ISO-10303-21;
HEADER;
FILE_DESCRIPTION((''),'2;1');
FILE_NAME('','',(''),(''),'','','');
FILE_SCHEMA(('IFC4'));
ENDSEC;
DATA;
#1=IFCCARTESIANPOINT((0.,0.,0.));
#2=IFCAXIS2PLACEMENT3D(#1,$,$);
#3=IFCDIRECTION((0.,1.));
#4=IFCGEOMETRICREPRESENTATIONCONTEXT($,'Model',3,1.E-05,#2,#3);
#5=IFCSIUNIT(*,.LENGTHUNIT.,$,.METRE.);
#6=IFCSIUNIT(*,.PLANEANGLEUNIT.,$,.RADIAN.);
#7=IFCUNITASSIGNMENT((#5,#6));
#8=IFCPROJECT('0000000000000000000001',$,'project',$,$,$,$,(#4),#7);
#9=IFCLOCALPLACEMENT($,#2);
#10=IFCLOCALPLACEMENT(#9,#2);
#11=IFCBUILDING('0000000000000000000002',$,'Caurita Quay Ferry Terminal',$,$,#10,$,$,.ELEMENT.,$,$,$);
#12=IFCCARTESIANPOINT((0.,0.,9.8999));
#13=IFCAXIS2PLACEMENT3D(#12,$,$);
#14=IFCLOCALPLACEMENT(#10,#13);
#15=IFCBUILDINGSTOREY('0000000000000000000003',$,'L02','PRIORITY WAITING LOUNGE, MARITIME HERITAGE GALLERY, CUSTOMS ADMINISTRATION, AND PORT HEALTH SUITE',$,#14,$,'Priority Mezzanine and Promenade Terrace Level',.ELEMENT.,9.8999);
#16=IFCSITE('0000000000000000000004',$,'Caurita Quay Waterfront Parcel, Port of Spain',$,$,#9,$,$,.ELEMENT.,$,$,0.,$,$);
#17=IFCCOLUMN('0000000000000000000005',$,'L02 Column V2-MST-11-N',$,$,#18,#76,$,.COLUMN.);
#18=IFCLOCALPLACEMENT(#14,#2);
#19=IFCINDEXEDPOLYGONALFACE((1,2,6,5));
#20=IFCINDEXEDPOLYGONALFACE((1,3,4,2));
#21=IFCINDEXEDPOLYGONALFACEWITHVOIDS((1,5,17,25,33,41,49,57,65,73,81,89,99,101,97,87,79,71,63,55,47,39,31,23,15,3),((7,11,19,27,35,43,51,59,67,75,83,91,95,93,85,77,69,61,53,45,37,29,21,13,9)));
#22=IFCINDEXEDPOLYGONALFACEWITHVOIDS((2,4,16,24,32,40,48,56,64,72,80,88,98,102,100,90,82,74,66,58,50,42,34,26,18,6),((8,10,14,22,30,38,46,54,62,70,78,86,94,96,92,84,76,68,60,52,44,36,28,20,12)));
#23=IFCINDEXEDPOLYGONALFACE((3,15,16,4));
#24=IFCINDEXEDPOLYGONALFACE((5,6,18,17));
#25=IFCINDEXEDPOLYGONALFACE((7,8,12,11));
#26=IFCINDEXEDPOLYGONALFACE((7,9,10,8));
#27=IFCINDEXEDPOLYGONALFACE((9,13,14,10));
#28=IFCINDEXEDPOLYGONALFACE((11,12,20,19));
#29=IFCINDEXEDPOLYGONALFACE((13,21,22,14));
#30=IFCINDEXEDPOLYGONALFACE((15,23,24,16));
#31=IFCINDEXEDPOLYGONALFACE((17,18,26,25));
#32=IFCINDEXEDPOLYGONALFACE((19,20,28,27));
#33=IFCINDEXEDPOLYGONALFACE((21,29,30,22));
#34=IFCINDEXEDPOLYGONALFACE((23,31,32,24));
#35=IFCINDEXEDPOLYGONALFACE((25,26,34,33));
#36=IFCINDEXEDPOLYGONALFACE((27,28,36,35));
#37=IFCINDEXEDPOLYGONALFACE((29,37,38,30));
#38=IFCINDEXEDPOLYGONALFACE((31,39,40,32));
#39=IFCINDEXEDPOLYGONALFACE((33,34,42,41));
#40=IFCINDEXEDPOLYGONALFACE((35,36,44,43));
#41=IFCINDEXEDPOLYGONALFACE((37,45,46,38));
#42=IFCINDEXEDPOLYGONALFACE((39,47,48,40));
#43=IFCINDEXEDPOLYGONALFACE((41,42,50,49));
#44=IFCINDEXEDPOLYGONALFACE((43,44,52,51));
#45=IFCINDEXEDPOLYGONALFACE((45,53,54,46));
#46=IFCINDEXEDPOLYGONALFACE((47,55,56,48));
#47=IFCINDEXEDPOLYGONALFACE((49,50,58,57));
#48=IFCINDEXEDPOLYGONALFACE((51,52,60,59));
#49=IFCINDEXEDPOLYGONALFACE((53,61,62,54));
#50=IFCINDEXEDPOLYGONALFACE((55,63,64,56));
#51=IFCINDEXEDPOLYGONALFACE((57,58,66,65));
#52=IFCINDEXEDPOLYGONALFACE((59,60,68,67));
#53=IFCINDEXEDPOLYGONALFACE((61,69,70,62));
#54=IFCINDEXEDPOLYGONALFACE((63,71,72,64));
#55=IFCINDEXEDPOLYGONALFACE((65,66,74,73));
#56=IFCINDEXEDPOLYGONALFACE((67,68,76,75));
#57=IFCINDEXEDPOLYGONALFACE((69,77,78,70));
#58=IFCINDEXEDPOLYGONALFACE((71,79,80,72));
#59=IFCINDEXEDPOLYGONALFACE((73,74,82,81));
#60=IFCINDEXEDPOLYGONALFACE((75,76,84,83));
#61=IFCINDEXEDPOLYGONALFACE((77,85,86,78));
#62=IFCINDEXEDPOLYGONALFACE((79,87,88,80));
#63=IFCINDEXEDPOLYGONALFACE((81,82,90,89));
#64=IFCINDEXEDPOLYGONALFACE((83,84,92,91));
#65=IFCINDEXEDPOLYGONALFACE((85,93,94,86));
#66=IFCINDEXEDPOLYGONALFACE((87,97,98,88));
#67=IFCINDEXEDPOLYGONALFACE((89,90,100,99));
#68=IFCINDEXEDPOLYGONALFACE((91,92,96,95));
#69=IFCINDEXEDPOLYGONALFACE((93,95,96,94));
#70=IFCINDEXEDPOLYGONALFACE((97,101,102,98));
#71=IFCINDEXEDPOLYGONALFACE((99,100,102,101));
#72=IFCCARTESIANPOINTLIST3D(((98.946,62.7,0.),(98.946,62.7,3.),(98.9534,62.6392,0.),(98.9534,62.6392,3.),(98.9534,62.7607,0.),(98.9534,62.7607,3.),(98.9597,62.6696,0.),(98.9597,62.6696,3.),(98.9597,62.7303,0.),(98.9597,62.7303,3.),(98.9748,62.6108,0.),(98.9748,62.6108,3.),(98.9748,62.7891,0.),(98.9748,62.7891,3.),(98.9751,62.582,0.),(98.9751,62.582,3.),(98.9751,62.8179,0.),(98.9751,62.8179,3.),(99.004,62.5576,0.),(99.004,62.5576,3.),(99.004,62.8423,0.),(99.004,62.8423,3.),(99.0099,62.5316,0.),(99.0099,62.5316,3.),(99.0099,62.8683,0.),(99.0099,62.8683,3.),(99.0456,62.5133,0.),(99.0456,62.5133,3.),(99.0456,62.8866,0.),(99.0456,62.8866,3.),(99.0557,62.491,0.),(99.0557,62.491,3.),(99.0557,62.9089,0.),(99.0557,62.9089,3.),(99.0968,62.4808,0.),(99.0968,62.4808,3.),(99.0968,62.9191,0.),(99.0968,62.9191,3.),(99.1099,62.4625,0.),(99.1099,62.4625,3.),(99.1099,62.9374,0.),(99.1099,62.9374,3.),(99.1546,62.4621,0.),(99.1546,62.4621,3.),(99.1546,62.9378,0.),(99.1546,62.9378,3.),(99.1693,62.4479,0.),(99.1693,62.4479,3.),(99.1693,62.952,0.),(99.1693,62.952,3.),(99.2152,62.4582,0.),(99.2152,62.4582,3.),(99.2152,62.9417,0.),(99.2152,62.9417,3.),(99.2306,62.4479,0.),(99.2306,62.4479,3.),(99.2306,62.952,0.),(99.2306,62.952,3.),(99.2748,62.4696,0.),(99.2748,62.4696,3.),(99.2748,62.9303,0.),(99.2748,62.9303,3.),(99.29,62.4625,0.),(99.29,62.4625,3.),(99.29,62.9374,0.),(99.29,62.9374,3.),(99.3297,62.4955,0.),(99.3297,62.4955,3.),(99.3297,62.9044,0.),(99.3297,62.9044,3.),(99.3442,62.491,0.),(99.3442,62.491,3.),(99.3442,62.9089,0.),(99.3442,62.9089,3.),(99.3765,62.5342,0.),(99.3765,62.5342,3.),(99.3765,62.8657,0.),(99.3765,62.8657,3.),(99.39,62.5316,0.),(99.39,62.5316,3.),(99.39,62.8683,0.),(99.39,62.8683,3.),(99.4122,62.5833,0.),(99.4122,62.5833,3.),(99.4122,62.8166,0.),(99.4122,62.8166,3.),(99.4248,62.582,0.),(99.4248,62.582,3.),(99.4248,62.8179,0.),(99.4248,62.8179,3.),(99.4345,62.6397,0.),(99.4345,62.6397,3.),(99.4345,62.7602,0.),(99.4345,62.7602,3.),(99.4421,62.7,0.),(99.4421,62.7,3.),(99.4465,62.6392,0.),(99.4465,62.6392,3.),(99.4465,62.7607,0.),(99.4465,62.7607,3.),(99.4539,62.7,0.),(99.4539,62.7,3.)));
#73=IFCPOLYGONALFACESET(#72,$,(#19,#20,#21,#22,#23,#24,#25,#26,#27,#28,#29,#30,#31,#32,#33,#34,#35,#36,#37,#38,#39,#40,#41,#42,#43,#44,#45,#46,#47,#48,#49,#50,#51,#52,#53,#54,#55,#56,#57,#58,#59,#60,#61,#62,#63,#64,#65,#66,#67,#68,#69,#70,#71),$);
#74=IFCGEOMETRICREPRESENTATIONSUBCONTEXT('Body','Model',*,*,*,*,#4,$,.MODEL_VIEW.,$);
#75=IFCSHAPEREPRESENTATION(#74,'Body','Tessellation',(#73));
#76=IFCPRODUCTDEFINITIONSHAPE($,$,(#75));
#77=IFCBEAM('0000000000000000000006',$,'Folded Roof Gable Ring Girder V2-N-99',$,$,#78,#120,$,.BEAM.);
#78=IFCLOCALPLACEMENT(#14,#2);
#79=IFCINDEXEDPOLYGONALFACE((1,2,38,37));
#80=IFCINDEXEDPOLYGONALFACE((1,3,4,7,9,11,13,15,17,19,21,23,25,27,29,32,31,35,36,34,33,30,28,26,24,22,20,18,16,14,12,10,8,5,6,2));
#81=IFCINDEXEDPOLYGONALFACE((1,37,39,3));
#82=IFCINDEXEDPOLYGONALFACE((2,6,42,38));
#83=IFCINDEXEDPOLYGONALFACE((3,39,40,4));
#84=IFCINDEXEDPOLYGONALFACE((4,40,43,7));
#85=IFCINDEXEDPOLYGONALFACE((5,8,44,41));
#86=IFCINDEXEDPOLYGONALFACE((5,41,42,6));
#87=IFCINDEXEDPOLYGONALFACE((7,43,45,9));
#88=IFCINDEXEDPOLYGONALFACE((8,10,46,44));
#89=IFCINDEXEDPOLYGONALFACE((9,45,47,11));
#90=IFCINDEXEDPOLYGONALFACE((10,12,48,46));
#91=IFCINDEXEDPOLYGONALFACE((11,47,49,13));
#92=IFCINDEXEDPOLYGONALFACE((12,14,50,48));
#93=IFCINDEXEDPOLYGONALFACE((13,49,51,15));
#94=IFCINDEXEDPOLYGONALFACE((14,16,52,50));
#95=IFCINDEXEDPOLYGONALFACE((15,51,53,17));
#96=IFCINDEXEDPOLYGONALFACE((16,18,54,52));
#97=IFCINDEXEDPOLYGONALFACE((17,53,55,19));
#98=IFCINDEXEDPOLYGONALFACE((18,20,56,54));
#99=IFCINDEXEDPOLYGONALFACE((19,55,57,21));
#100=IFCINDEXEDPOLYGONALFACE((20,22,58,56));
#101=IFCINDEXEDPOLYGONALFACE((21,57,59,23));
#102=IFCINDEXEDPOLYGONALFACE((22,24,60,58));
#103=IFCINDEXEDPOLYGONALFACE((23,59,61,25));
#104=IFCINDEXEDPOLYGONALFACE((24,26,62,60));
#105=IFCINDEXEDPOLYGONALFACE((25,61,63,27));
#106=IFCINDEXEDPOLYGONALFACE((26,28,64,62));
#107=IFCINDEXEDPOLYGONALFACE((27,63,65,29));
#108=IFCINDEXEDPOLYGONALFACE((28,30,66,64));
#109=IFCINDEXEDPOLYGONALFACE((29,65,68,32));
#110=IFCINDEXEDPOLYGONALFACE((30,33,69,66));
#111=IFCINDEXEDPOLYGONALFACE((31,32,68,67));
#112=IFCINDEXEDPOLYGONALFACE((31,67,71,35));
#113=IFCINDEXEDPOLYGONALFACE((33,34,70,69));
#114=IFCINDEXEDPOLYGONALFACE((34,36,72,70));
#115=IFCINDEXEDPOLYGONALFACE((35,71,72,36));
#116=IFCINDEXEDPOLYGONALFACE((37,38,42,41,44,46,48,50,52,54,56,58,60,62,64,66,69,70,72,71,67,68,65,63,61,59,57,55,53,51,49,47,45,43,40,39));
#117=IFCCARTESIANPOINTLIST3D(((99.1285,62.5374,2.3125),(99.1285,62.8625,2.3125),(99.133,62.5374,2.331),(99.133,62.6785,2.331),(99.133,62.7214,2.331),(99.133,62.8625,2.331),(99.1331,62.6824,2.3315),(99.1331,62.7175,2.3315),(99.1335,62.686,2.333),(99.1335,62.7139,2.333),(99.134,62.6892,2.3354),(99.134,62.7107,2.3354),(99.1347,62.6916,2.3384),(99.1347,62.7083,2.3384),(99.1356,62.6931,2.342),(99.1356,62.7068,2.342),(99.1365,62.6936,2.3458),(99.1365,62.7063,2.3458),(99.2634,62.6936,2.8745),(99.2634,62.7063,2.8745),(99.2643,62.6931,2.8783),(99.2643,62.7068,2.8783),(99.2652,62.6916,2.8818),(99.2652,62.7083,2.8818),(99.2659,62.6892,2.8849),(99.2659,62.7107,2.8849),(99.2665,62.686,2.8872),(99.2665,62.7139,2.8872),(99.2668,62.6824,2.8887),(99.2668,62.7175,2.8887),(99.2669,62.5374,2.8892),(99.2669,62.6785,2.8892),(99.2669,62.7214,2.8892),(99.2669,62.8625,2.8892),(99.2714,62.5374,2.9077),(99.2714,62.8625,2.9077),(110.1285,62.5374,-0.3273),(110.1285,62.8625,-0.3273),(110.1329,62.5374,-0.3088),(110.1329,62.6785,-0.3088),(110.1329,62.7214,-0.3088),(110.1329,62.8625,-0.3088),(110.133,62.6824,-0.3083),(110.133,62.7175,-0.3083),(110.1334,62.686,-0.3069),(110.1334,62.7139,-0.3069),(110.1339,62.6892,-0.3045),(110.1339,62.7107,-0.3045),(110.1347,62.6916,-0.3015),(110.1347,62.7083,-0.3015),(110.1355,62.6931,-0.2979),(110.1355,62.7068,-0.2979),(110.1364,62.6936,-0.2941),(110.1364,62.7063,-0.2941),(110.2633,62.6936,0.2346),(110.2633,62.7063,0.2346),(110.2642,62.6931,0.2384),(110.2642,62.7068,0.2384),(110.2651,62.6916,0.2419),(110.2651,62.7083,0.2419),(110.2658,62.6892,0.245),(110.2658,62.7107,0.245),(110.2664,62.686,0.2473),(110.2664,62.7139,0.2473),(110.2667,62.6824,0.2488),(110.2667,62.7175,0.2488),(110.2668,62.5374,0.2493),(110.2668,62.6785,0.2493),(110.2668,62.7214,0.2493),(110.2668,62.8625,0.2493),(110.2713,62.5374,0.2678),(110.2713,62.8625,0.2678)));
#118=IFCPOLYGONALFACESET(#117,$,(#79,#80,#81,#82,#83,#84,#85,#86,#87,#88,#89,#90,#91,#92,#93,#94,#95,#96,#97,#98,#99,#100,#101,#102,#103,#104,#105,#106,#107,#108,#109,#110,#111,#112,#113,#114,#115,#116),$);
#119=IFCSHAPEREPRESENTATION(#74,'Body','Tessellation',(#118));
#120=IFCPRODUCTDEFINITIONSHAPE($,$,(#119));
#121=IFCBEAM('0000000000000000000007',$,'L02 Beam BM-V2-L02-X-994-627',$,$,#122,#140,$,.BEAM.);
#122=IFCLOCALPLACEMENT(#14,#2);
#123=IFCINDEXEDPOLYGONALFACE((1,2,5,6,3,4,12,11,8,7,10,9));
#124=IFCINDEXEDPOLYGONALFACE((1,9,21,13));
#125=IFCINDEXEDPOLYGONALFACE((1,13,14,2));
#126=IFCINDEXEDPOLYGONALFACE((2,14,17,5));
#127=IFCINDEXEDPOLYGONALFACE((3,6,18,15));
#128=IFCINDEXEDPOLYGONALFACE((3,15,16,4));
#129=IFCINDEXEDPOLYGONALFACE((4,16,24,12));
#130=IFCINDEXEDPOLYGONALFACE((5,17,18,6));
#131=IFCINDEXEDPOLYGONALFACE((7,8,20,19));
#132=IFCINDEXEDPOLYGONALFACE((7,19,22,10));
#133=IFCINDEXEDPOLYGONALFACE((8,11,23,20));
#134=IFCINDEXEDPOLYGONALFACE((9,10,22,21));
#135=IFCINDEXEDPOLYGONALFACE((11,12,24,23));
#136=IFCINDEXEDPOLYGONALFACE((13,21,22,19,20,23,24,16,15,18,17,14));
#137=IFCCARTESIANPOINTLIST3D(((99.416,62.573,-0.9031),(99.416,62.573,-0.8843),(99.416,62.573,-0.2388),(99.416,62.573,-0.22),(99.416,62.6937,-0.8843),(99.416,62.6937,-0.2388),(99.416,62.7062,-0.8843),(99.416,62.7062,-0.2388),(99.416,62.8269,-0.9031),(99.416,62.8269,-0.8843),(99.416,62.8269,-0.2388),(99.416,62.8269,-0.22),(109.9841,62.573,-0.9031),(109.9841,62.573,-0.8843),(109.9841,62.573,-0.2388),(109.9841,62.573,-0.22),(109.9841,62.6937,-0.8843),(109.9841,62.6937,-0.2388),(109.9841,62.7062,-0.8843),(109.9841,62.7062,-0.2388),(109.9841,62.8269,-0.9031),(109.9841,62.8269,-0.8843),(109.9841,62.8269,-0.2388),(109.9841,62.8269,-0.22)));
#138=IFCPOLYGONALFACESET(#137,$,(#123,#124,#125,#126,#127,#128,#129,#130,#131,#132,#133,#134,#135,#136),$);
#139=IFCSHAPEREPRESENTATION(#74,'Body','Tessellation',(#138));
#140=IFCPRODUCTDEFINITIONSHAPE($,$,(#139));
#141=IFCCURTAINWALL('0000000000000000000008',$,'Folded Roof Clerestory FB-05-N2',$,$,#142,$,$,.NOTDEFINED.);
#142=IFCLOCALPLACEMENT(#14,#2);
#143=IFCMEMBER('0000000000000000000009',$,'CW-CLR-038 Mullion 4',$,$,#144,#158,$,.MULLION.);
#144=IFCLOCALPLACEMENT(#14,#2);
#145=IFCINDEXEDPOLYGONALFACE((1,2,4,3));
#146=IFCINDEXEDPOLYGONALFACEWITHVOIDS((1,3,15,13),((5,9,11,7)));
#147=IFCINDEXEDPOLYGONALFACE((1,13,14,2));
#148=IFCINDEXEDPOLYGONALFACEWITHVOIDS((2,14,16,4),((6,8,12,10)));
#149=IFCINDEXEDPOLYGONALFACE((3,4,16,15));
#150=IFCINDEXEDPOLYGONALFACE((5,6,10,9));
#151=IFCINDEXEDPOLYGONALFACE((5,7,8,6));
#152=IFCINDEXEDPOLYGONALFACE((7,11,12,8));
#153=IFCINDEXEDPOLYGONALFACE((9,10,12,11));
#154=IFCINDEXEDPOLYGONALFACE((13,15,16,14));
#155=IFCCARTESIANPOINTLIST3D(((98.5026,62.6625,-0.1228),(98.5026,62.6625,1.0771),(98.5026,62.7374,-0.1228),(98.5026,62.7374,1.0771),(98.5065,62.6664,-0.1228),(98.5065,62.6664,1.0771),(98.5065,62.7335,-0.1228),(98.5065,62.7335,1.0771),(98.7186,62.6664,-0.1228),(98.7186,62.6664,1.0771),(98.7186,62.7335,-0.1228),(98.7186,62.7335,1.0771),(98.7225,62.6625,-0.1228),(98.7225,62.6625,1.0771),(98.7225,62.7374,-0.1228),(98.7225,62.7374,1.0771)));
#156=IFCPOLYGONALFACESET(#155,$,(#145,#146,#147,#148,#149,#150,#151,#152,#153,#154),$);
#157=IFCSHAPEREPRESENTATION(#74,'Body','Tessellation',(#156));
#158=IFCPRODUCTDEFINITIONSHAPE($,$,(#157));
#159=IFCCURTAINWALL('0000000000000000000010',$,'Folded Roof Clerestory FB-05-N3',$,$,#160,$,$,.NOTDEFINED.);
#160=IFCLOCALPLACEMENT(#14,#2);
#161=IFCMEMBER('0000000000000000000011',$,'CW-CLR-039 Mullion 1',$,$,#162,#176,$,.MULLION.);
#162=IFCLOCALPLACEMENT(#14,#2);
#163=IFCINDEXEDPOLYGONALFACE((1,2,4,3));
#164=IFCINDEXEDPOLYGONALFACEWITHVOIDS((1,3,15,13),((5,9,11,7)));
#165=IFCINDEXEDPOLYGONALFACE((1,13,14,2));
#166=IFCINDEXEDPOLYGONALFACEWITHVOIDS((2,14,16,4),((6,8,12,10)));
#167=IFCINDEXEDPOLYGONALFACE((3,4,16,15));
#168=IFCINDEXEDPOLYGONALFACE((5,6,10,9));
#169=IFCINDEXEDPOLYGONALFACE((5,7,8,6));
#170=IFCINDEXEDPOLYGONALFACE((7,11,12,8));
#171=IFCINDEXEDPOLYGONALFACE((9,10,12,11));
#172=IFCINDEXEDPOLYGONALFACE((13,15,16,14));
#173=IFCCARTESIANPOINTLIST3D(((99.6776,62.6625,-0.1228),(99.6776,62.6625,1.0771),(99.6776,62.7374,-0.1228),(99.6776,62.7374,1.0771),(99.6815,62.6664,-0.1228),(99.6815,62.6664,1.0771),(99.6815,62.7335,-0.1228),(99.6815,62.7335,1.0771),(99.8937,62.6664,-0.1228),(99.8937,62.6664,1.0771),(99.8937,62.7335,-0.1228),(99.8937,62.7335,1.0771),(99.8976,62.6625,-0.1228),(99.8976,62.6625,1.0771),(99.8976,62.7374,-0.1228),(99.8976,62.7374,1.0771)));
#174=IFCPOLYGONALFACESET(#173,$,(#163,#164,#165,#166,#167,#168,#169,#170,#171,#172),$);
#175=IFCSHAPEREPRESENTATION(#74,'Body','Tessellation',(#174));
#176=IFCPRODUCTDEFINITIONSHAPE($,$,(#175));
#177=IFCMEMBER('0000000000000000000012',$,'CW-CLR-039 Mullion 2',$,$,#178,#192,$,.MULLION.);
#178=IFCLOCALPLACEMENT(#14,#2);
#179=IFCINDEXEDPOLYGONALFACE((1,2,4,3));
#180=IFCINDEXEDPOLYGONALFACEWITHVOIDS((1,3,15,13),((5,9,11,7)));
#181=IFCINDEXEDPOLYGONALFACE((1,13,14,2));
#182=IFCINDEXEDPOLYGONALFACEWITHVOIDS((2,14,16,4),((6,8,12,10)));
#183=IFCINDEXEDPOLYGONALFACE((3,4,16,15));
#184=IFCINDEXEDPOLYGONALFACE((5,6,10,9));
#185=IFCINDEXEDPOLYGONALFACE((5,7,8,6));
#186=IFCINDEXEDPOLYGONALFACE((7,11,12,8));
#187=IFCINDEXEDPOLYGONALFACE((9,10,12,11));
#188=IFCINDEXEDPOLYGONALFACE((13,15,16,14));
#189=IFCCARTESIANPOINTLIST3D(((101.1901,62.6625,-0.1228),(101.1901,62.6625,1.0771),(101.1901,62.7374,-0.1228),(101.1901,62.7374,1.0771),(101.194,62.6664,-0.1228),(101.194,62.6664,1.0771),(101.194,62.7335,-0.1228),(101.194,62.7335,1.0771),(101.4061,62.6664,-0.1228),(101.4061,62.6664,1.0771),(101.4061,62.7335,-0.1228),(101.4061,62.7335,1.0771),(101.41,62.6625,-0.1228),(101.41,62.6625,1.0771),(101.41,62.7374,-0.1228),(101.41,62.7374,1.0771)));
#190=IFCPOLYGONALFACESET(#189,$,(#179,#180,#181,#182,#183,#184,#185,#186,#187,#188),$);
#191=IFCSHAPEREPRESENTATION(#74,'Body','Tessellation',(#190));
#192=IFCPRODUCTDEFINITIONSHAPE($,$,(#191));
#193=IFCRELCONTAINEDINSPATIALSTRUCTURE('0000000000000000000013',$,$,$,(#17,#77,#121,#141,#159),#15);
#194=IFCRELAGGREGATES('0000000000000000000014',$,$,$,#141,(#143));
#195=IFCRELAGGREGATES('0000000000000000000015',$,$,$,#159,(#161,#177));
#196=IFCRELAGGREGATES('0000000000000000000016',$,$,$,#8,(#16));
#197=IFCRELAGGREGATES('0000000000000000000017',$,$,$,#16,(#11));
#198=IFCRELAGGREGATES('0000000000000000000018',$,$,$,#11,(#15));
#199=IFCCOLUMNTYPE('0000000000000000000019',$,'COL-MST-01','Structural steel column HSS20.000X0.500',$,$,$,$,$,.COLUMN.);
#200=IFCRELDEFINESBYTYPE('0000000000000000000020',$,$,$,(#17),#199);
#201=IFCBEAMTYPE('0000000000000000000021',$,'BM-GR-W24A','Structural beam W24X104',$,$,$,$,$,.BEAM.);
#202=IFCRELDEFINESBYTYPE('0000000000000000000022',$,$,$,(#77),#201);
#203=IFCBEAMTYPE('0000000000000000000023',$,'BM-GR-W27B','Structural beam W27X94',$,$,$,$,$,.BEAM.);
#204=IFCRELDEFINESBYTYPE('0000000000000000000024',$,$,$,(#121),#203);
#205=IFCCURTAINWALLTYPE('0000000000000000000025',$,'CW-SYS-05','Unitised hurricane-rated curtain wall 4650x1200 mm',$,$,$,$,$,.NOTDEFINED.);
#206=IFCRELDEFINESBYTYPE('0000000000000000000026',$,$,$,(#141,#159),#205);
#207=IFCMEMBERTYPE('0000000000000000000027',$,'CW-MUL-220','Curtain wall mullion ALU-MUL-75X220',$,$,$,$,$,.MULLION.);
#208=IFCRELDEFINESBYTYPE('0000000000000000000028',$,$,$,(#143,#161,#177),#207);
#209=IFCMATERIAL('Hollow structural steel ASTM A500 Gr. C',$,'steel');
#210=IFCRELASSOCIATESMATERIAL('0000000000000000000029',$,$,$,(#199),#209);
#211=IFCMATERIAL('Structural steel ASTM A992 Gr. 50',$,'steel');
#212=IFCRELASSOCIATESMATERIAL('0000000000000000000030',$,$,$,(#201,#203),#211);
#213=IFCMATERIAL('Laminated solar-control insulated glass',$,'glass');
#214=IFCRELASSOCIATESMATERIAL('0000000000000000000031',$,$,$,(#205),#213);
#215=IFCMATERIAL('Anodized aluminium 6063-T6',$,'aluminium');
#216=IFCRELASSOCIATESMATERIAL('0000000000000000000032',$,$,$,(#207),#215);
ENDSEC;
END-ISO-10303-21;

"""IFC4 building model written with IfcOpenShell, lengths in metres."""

from ifc_helpers import new_model, si_unit, direction, frame, origin, origin_2d, place, context, subcontext, project, spatial, hollow_rectangle, hollow_circle, i_section, extrude, material, material_profile, profile_set, type_object, element, aggregate, save


model = new_model("IFC4")

# Units and contexts
model_context = context("Model", 3, precision=1e-05, world=origin(), true_north=direction((0.0, 1.0)))
body_context = subcontext(model_context, "Body", "Model", "MODEL_VIEW")
ifc_project = project(units=[si_unit("LENGTHUNIT", "METRE"), si_unit("PLANEANGLEUNIT", "RADIAN")], contexts=[model_context])

# Site, building, storey
site_placement = place(None, origin())
site = spatial("IfcSite", under=ifc_project, at=site_placement, Name="Caurita Quay Waterfront Parcel, Port of Spain", CompositionType="ELEMENT", RefElevation=0.0)
building_placement = place(site_placement, origin())
building = spatial("IfcBuilding", under=site, at=building_placement, Name="Caurita Quay Ferry Terminal", CompositionType="ELEMENT")
storey_placement = place(building_placement, frame((0.0, 0.0, 9.8999)))
storey = spatial("IfcBuildingStorey", under=building, at=storey_placement, Name="L02", Description="PRIORITY WAITING LOUNGE, MARITIME HERITAGE GALLERY, CUSTOMS ADMINISTRATION, AND PORT HEALTH SUITE", LongName="Priority Mezzanine and Promenade Terrace Level", CompositionType="ELEMENT", Elevation=9.8999)

# Column
ifc_material_1 = material(Name="Hollow structural steel ASTM A500 Gr. C", Category="steel")
ifc_material_profile_1 = material_profile(ifc_material_1, hollow_circle(Radius=0.2539, WallThickness=0.0117, at=origin_2d()), Name="HSS20.000X0.500")
ifc_profile_set_1 = profile_set([ifc_material_profile_1], Name="Hollow structural steel ASTM A500 Gr. C")
column_type = type_object("IfcColumnType", Name="COL-MST-01", Description="Structural steel column HSS20.000X0.500", PredefinedType="COLUMN", material=ifc_profile_set_1)
column_placement = place(storey_placement, frame((99.2, 62.7, 0.0), z_axis=(0.0, 0.0, 1.0), x_axis=(1.0, 0.0, 0.0)))
element("IfcColumn", 1, at=column_placement, inside=storey, type_object=column_type, Name="L02 Column V2-MST-11-N", PredefinedType="COLUMN", context=body_context, shape_type="SweptSolid", body=[
    extrude(hollow_circle(Radius=0.2539, WallThickness=0.0117, at=origin_2d()), origin(), (0.0, 0.0, 1.0), 3.0),
])

# Beams
ifc_material_2 = material(Name="Structural steel ASTM A992 Gr. 50", Category="steel")
ifc_material_profile_2 = material_profile(ifc_material_2, i_section(OverallWidth=0.3252, OverallDepth=0.6121, WebThickness=0.0127, FlangeThickness=0.019, FilletRadius=0.0151, at=origin_2d()), Name="W24X104")
ifc_profile_set_2 = profile_set([ifc_material_profile_2], Name="Structural steel ASTM A992 Gr. 50")
beam_type_1 = type_object("IfcBeamType", Name="BM-GR-W24A", Description="Structural beam W24X104", PredefinedType="BEAM", material=ifc_profile_set_2)
beam_1_placement = place(storey_placement, frame((99.2, 62.7, 2.6101), z_axis=(0.972389, 0.0, -0.233364), x_axis=(0.0, 1.0, 0.0)))
element("IfcBeam", 2, at=beam_1_placement, inside=storey, type_object=beam_type_1, Name="Folded Roof Gable Ring Girder V2-N-99", PredefinedType="BEAM", context=body_context, shape_type="SweptSolid", body=[
    extrude(i_section(OverallWidth=0.3252, OverallDepth=0.6121, WebThickness=0.0127, FlangeThickness=0.019, FilletRadius=0.0151, at=origin_2d()), origin(), (0.0, 0.0, 1.0), 11.3123),
])
ifc_material_profile_3 = material_profile(ifc_material_2, i_section(OverallWidth=0.2539, OverallDepth=0.6831, WebThickness=0.0125, FlangeThickness=0.0188, at=origin_2d()), Name="W27X94")
ifc_profile_set_3 = profile_set([ifc_material_profile_3], Name="Structural steel ASTM A992 Gr. 50")
beam_type_2 = type_object("IfcBeamType", Name="BM-GR-W27B", Description="Structural beam W27X94", PredefinedType="BEAM", material=ifc_profile_set_3)
beam_2_placement = place(storey_placement, frame((99.416, 62.7, -0.5615), z_axis=(1.0, 0.0, 0.0), x_axis=(0.0, 1.0, 0.0)))
element("IfcBeam", 3, at=beam_2_placement, inside=storey, type_object=beam_type_2, Name="L02 Beam BM-V2-L02-X-994-627", PredefinedType="BEAM", context=body_context, shape_type="SweptSolid", body=[
    extrude(i_section(OverallWidth=0.2539, OverallDepth=0.6831, WebThickness=0.0125, FlangeThickness=0.0188, at=origin_2d()), origin(), (0.0, 0.0, 1.0), 10.5681),
])

# Curtain wall, member
ifc_material_3 = material(Name="Laminated solar-control insulated glass", Category="glass")
curtain_wall_type = type_object("IfcCurtainWallType", Name="CW-SYS-05", Description="Unitised hurricane-rated curtain wall 4650x1200 mm", PredefinedType="NOTDEFINED", material=ifc_material_3)
curtain_wall_1_placement = place(storey_placement, origin())
curtain_wall_1 = element("IfcCurtainWall", 4, at=curtain_wall_1_placement, inside=storey, type_object=curtain_wall_type, Name="Folded Roof Clerestory FB-05-N2", PredefinedType="NOTDEFINED")
ifc_material_4 = material(Name="Anodized aluminium 6063-T6", Category="aluminium")
ifc_material_profile_4 = material_profile(ifc_material_4, hollow_rectangle(XDim=0.075, YDim=0.22, WallThickness=0.0039, at=origin_2d()), Name="ALU-MUL-75X220")
ifc_profile_set_4 = profile_set([ifc_material_profile_4], Name="Anodized aluminium 6063-T6")
member_type_1 = type_object("IfcMemberType", Name="CW-MUL-220", Description="Curtain wall mullion ALU-MUL-75X220", PredefinedType="MULLION", material=ifc_profile_set_4)
member_1_placement = place(storey_placement, frame((98.6125, 62.7, -0.1228), z_axis=(0.0, 0.0, 1.0), x_axis=(0.0, 1.0, 0.0)))
member_1 = element("IfcMember", 5, at=member_1_placement, type_object=member_type_1, Name="CW-CLR-038 Mullion 4", PredefinedType="MULLION", context=body_context, shape_type="SweptSolid", body=[
    extrude(hollow_rectangle(XDim=0.075, YDim=0.22, WallThickness=0.0039, at=origin_2d()), origin(), (0.0, 0.0, 1.0), 1.2),
])

# Curtain wall, members
curtain_wall_2_placement = place(storey_placement, origin())
curtain_wall_2 = element("IfcCurtainWall", 6, at=curtain_wall_2_placement, inside=storey, type_object=curtain_wall_type, Name="Folded Roof Clerestory FB-05-N3", PredefinedType="NOTDEFINED")
member_2_placement = place(storey_placement, frame((99.7876, 62.7, -0.1228), z_axis=(0.0, 0.0, 1.0), x_axis=(0.0, 1.0, 0.0)))
member_2 = element("IfcMember", 7, at=member_2_placement, type_object=member_type_1, Name="CW-CLR-039 Mullion 1", PredefinedType="MULLION", context=body_context, shape_type="SweptSolid", body=[
    extrude(hollow_rectangle(XDim=0.075, YDim=0.22, WallThickness=0.0039, at=origin_2d()), origin(), (0.0, 0.0, 1.0), 1.2),
])
member_3_placement = place(storey_placement, frame((101.3, 62.7, -0.1228), z_axis=(0.0, 0.0, 1.0), x_axis=(0.0, 1.0, 0.0)))
member_3 = element("IfcMember", 8, at=member_3_placement, type_object=member_type_1, Name="CW-CLR-039 Mullion 2", PredefinedType="MULLION", context=body_context, shape_type="SweptSolid", body=[
    extrude(hollow_rectangle(XDim=0.075, YDim=0.22, WallThickness=0.0039, at=origin_2d()), origin(), (0.0, 0.0, 1.0), 1.2),
])

aggregate(curtain_wall_1, [member_1])
aggregate(curtain_wall_2, [member_2, member_3])

save(model, "model.ifc")
